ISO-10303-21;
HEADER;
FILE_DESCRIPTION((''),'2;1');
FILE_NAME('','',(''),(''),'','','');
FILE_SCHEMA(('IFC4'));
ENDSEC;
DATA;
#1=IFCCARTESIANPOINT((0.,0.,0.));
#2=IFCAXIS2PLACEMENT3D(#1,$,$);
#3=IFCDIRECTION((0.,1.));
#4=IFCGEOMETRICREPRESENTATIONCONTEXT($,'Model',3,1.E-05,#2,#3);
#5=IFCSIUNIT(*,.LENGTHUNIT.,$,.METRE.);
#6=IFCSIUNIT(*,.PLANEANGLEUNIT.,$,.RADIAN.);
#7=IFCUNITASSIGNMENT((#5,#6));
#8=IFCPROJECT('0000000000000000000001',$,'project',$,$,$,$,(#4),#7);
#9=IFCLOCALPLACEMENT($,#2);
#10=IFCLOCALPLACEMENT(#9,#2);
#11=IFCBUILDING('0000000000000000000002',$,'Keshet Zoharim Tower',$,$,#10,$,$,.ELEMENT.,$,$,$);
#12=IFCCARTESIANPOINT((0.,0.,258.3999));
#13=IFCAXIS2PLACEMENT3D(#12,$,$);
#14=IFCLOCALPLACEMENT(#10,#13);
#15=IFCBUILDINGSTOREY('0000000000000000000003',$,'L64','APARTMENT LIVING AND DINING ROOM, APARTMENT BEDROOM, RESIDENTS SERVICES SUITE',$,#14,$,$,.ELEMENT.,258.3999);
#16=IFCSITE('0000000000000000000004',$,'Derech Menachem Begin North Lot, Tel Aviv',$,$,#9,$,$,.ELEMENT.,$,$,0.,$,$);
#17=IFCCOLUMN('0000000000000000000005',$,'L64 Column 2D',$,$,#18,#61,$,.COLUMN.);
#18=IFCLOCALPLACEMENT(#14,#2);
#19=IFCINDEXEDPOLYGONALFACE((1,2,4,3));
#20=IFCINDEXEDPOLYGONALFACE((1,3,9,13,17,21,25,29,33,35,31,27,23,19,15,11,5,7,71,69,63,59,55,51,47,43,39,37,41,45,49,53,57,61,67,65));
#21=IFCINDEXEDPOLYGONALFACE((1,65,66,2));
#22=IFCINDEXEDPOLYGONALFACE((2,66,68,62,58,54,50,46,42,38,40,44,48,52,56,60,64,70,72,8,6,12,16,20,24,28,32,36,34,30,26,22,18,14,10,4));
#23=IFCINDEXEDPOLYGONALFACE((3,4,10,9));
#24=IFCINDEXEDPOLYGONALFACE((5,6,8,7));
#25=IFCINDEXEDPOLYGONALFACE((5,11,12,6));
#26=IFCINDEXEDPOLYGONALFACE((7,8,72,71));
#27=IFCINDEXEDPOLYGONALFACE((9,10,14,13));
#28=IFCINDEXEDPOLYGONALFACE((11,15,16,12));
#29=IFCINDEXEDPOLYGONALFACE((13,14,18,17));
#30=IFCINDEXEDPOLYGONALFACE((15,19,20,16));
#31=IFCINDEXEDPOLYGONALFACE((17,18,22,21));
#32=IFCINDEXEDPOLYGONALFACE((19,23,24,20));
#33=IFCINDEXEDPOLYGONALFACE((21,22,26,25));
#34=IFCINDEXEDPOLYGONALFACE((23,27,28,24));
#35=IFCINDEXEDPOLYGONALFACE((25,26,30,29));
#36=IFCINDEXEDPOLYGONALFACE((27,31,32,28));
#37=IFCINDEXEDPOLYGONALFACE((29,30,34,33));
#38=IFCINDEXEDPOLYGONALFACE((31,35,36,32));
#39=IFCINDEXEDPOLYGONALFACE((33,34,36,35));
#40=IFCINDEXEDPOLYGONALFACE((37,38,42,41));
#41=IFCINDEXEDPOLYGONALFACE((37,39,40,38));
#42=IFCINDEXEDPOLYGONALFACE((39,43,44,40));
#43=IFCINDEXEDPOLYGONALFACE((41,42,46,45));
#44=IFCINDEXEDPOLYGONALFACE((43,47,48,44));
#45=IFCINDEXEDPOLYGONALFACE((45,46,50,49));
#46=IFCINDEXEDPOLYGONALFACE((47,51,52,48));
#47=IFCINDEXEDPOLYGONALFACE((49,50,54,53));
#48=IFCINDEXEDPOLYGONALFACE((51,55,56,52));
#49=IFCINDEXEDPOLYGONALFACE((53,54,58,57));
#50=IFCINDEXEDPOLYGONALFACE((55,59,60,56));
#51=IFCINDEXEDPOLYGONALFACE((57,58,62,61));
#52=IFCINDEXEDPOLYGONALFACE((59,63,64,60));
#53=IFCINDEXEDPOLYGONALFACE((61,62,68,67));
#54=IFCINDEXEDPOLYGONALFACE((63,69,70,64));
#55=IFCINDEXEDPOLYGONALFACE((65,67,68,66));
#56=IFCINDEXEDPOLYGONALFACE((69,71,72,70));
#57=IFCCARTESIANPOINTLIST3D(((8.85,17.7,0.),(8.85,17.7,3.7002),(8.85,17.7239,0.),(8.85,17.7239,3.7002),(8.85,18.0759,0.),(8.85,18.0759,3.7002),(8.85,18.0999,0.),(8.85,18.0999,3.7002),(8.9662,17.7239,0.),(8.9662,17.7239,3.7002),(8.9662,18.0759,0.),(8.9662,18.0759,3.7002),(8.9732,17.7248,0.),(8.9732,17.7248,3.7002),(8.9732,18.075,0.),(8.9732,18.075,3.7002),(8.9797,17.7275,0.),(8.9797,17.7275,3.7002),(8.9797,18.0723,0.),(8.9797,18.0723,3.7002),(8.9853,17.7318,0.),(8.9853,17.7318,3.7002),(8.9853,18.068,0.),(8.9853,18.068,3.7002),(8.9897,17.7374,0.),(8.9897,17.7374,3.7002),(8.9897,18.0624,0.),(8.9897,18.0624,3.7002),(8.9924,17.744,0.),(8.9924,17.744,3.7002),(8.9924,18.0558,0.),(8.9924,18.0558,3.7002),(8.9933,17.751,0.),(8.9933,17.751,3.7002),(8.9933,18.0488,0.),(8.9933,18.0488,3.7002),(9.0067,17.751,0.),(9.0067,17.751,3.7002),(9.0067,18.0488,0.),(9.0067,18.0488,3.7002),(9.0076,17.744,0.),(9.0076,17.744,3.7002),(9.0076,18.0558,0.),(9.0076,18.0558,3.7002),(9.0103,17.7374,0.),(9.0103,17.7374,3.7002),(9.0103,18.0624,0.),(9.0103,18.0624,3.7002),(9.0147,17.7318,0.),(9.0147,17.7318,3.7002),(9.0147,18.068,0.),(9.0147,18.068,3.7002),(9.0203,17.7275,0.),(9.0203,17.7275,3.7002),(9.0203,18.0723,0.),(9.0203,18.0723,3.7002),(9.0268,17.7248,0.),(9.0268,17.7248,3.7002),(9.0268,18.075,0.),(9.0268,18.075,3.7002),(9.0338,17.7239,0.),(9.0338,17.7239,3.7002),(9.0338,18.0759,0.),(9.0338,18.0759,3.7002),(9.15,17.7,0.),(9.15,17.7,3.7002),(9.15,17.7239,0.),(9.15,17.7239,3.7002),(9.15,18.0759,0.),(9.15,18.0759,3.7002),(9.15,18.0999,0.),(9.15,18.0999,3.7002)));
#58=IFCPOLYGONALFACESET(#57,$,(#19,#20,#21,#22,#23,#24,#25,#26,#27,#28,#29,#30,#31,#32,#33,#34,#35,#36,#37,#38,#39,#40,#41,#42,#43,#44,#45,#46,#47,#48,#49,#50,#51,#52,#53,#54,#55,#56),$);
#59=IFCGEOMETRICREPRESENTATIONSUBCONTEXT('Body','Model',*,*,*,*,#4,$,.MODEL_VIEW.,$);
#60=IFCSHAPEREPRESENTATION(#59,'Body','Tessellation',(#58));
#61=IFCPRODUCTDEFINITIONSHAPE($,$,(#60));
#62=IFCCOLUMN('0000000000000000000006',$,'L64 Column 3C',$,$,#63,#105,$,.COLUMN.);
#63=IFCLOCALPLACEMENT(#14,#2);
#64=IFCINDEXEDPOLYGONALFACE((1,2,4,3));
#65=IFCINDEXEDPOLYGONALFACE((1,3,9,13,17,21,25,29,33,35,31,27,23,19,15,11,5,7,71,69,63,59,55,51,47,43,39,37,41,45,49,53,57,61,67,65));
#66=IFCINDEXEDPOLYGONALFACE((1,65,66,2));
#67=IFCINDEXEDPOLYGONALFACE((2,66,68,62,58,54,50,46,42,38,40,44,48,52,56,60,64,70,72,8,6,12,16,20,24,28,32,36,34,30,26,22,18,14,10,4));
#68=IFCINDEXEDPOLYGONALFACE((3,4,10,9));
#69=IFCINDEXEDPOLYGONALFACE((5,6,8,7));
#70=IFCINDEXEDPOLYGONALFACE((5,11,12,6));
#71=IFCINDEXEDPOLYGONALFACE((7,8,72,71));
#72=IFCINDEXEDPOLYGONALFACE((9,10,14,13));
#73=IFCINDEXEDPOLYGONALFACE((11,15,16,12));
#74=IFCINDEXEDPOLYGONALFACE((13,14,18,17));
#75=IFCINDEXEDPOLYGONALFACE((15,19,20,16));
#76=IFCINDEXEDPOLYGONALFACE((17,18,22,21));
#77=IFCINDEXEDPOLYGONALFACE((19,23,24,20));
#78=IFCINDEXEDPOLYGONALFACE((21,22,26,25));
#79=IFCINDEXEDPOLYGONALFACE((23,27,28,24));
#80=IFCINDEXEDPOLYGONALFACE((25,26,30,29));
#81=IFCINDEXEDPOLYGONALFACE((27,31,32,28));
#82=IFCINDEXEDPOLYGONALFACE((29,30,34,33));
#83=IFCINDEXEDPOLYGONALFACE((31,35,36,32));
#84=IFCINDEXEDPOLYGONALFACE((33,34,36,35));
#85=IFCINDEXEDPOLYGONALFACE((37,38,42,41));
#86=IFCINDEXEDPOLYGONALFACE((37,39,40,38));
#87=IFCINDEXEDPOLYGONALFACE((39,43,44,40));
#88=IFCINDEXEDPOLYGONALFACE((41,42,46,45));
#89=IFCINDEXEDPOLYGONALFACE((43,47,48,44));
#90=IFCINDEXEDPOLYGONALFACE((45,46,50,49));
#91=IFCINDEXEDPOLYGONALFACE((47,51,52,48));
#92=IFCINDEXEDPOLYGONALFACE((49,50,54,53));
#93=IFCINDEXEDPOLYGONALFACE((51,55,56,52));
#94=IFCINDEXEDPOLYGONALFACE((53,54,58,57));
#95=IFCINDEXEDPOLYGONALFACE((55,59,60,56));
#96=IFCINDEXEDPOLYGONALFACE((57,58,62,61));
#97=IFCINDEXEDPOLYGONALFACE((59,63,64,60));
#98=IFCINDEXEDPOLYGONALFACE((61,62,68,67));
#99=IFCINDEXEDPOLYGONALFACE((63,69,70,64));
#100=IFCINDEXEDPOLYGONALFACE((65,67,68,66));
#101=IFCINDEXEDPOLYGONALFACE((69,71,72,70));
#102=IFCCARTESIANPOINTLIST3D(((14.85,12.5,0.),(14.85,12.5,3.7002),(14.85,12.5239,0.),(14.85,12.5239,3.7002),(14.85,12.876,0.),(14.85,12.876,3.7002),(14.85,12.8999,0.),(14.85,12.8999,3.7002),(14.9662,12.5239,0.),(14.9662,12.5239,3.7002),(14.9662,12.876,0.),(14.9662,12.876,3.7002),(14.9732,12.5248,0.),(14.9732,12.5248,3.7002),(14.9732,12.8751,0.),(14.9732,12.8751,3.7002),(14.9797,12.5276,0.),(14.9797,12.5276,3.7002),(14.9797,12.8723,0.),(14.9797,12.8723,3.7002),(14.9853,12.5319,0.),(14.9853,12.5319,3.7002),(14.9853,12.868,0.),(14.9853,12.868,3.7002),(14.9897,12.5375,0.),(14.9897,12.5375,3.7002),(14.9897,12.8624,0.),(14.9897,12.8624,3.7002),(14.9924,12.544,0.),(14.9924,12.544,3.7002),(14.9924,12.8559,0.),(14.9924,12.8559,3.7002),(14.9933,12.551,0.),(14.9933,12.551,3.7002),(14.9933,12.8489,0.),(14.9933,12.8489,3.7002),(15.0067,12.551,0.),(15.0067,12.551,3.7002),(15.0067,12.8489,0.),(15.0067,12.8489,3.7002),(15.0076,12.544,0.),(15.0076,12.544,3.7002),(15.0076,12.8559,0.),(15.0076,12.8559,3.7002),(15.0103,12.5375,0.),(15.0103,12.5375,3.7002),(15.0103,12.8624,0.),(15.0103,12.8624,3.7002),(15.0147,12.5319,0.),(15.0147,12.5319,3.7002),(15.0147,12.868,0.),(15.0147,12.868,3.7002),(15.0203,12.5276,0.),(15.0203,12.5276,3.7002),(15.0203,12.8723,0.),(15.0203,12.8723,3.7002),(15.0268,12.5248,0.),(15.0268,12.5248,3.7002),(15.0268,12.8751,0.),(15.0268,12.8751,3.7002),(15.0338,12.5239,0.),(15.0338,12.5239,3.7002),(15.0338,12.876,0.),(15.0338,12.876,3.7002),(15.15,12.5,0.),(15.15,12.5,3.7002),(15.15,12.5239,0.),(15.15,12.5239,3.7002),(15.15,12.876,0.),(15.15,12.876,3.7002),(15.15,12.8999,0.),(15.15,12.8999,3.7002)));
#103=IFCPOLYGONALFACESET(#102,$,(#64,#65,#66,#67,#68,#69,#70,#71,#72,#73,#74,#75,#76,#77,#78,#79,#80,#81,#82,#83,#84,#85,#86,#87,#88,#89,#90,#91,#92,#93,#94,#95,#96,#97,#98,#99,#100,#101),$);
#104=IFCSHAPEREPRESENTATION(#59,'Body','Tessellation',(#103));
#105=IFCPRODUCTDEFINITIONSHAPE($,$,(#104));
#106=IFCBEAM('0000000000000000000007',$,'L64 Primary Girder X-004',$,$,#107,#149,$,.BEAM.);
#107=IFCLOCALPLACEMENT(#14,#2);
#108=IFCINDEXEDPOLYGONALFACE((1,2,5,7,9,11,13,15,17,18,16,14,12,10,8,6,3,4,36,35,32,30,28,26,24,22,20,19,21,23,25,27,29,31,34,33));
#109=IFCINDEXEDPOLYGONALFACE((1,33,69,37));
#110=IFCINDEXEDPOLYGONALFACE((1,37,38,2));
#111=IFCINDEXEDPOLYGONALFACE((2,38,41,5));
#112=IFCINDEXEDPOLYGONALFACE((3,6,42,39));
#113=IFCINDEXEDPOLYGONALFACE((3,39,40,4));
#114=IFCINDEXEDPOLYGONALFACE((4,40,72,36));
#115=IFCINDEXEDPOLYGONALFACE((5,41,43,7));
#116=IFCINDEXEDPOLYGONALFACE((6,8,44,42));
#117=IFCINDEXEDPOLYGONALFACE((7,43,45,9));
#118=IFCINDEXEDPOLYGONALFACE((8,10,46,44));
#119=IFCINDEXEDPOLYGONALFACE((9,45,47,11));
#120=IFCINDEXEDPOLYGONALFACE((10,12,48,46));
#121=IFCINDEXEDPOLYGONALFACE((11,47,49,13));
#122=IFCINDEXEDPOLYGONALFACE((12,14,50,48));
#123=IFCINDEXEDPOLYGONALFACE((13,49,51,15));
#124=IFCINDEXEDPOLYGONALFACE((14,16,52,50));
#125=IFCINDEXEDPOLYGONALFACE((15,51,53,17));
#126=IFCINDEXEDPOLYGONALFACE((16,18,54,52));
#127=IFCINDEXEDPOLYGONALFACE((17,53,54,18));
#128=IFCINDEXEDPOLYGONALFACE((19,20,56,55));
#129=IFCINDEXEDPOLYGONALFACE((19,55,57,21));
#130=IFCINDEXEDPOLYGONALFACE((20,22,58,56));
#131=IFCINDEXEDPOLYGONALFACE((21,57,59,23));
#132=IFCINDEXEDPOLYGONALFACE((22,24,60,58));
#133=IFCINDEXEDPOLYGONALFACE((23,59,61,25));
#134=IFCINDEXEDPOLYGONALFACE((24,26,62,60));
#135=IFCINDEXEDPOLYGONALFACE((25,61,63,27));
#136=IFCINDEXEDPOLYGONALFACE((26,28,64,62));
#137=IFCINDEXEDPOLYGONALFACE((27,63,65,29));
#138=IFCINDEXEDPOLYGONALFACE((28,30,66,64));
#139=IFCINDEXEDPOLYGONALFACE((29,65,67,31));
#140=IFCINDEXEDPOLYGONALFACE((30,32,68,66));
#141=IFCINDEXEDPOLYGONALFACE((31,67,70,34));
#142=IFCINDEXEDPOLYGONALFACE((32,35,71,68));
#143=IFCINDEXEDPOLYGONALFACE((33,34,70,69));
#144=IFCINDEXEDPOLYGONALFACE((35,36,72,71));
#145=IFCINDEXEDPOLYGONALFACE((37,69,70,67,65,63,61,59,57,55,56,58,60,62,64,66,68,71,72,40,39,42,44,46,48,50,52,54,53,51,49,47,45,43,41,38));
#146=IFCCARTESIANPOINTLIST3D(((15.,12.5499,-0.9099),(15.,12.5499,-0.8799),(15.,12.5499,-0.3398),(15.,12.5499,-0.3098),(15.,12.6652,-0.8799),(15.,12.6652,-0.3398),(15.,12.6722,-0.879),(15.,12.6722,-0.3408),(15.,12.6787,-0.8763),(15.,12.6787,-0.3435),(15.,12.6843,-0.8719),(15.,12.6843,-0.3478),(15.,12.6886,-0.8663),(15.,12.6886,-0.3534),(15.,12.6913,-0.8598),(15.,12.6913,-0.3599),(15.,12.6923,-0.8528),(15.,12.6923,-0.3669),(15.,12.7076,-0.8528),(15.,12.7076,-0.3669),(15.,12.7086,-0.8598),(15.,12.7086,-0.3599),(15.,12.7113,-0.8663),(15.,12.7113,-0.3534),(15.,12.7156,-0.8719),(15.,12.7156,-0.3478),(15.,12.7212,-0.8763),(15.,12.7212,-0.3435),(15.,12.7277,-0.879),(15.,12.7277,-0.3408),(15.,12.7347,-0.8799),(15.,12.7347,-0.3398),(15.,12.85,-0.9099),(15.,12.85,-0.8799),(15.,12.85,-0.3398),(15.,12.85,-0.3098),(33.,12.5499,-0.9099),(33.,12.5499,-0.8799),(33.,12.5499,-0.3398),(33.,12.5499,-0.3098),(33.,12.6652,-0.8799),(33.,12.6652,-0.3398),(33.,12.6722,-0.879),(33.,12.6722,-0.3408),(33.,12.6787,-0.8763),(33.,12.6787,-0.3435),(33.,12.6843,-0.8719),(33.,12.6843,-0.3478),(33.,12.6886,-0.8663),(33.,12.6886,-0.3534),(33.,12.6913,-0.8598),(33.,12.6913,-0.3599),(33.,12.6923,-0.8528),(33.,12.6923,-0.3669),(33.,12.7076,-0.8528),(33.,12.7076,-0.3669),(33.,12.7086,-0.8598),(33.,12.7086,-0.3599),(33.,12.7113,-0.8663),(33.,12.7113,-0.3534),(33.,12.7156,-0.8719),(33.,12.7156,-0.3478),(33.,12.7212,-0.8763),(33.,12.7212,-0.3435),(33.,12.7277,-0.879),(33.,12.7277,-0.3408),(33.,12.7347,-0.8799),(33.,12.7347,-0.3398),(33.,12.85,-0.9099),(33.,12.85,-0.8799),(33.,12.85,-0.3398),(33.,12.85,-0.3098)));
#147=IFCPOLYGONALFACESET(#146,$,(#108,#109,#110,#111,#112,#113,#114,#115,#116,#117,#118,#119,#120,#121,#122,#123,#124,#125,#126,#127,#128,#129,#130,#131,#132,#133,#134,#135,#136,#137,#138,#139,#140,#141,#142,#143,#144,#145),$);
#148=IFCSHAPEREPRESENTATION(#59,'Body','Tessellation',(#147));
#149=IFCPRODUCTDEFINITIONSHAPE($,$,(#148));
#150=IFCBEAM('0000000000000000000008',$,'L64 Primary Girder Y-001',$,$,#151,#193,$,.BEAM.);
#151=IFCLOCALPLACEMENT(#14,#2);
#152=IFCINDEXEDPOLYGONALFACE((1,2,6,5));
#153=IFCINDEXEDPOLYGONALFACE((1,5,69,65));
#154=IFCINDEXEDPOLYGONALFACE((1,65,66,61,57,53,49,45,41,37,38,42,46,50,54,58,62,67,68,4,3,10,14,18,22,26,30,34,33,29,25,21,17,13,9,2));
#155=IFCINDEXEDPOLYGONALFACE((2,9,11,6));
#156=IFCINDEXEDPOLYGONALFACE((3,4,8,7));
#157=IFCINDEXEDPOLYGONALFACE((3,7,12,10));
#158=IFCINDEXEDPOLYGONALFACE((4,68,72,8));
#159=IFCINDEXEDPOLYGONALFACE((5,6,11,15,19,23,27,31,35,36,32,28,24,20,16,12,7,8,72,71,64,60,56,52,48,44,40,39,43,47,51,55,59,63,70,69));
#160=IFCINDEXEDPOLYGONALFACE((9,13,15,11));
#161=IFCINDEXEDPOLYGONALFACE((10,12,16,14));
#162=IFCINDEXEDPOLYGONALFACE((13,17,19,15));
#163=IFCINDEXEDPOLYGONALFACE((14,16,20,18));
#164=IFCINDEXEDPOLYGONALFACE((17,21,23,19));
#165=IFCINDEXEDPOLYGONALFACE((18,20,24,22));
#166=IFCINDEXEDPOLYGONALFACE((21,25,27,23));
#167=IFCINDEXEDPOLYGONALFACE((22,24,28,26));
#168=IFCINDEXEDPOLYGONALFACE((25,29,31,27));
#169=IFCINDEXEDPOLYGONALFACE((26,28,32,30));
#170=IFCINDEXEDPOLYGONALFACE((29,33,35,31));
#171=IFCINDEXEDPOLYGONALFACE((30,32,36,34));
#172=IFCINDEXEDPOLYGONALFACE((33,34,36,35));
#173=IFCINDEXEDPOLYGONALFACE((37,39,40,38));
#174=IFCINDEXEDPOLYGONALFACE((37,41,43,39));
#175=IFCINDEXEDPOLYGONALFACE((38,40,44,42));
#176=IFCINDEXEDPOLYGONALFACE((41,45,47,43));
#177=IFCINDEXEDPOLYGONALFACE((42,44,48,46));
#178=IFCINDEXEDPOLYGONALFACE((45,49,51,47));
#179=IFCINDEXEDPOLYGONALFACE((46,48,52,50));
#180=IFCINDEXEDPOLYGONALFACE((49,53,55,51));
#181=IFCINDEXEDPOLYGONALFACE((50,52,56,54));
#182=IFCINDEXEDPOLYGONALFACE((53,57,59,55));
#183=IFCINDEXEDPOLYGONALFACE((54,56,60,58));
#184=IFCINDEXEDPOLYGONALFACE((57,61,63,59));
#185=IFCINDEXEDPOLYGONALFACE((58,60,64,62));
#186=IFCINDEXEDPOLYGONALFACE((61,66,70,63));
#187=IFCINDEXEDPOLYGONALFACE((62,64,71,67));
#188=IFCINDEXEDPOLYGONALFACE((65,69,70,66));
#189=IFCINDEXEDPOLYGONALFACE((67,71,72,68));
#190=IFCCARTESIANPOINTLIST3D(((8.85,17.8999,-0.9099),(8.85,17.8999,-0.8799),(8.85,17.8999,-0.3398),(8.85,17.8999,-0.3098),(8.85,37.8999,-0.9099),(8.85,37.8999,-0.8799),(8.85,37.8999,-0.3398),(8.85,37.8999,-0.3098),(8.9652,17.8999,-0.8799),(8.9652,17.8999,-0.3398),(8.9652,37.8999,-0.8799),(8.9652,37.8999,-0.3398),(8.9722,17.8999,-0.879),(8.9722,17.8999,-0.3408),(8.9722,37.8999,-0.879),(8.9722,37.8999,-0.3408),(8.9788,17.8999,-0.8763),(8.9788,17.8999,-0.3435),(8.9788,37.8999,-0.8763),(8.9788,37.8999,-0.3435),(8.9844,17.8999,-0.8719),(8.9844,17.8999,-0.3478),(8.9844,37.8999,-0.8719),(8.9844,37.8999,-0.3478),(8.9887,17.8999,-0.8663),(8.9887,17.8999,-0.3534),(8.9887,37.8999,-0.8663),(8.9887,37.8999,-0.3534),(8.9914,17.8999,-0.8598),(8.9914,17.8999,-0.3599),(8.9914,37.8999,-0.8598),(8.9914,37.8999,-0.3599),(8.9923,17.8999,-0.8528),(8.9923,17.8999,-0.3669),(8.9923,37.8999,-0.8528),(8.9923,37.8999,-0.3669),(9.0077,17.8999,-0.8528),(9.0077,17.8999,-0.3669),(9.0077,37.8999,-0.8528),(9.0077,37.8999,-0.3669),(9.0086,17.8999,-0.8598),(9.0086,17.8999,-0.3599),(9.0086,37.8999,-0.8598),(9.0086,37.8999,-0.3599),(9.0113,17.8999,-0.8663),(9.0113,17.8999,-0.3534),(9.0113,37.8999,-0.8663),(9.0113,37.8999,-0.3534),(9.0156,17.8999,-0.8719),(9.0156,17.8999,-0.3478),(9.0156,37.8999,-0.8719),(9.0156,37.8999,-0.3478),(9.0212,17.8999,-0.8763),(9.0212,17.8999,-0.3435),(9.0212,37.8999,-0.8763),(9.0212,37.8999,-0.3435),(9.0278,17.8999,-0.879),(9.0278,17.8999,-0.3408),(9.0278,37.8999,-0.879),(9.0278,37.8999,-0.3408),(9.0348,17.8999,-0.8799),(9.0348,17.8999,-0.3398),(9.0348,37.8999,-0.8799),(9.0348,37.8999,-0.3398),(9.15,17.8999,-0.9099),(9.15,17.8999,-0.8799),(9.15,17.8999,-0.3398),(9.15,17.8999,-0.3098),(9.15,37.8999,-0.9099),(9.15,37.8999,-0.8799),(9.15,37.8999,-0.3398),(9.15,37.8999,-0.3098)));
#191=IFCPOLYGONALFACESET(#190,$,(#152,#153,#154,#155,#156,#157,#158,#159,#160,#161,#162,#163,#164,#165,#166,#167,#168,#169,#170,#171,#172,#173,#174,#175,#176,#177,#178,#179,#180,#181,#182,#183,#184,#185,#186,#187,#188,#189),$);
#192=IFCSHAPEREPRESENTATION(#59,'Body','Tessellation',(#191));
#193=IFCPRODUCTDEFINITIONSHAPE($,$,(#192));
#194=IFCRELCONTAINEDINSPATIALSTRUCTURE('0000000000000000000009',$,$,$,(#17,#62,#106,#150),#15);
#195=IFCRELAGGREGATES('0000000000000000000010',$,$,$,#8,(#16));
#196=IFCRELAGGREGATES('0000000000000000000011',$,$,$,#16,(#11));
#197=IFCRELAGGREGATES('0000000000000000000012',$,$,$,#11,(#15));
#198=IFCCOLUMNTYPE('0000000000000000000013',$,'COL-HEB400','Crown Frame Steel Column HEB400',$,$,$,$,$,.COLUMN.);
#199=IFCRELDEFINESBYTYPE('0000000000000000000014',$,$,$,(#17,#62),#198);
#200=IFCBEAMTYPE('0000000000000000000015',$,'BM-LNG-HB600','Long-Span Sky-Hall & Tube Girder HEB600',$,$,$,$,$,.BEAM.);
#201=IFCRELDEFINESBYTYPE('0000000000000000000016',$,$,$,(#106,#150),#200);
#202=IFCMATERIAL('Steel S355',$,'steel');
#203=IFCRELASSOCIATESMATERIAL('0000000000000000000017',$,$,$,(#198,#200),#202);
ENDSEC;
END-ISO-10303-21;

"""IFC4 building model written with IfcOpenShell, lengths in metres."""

from ifc_helpers import new_model, si_unit, direction, frame, origin, origin_2d, place, context, subcontext, project, spatial, i_section, extrude, material, material_profile, profile_set, type_object, element, save


model = new_model("IFC4")

# Units and contexts
model_context = context("Model", 3, precision=1e-05, world=origin(), true_north=direction((0.0, 1.0)))
body_context = subcontext(model_context, "Body", "Model", "MODEL_VIEW")
ifc_project = project(units=[si_unit("LENGTHUNIT", "METRE"), si_unit("PLANEANGLEUNIT", "RADIAN")], contexts=[model_context])

# Site, building, storey
site_placement = place(None, origin())
site = spatial("IfcSite", under=ifc_project, at=site_placement, Name="Derech Menachem Begin North Lot, Tel Aviv", CompositionType="ELEMENT", RefElevation=0.0)
building_placement = place(site_placement, origin())
building = spatial("IfcBuilding", under=site, at=building_placement, Name="Keshet Zoharim Tower", CompositionType="ELEMENT")
storey_placement = place(building_placement, frame((0.0, 0.0, 258.3999)))
storey = spatial("IfcBuildingStorey", under=building, at=storey_placement, Name="L64", Description="APARTMENT LIVING AND DINING ROOM, APARTMENT BEDROOM, RESIDENTS SERVICES SUITE", CompositionType="ELEMENT", Elevation=258.3999)

# Columns
ifc_material_1 = material(Name="Steel S355", Category="steel")
ifc_material_profile_1 = material_profile(ifc_material_1, i_section(OverallWidth=0.3, OverallDepth=0.3999, WebThickness=0.0134, FlangeThickness=0.0239, FilletRadius=0.0271, at=origin_2d()), Name="HEB400")
ifc_profile_set_1 = profile_set([ifc_material_profile_1], Name="Steel S355")
column_type = type_object("IfcColumnType", Name="COL-HEB400", Description="Crown Frame Steel Column HEB400", PredefinedType="COLUMN", material=ifc_profile_set_1)
for number, where, z_axis, x_axis, name in (
    (1, (9.0, 17.8999, 0.0), (0.0, 0.0, 1.0), (1.0, 0.0, 0.0), "L64 Column 2D"),
    (2, (15.0, 12.7, 0.0), (0.0, 0.0, 1.0), (1.0, 0.0, 0.0), "L64 Column 3C"),
):
    element("IfcColumn", number, at=place(storey_placement, frame(where, z_axis=z_axis, x_axis=x_axis)), inside=storey, type_object=column_type, Name=name, PredefinedType="COLUMN", context=body_context, shape_type="SweptSolid", body=[
        extrude(i_section(OverallWidth=0.3, OverallDepth=0.3999, WebThickness=0.0134, FlangeThickness=0.0239, FilletRadius=0.0271, at=origin_2d()), origin(), (0.0, 0.0, 1.0), 3.7002),
    ])

# Beams
ifc_material_profile_2 = material_profile(ifc_material_1, i_section(OverallWidth=0.3, OverallDepth=0.6001, WebThickness=0.0154, FlangeThickness=0.03, FilletRadius=0.0271, at=origin_2d()), Name="HEB600")
ifc_profile_set_2 = profile_set([ifc_material_profile_2], Name="Steel S355")
beam_type_1 = type_object("IfcBeamType", Name="BM-LNG-HB600", Description="Long-Span Sky-Hall & Tube Girder HEB600", PredefinedType="BEAM", material=ifc_profile_set_2)
beam_1_placement = place(storey_placement, frame((15.0, 12.7, -0.6099), z_axis=(1.0, 0.0, 0.0), x_axis=(0.0, 1.0, 0.0)))
element("IfcBeam", 3, at=beam_1_placement, inside=storey, type_object=beam_type_1, Name="L64 Primary Girder X-004", PredefinedType="BEAM", context=body_context, shape_type="SweptSolid", body=[
    extrude(i_section(OverallWidth=0.3, OverallDepth=0.6001, WebThickness=0.0154, FlangeThickness=0.03, FilletRadius=0.0271, at=origin_2d()), origin(), (0.0, 0.0, 1.0), 18.0),
])
beam_2_placement = place(storey_placement, frame((9.0, 17.8999, -0.6099), z_axis=(0.0, 1.0, 0.0), x_axis=(-1.0, 0.0, 0.0)))
element("IfcBeam", 4, at=beam_2_placement, inside=storey, type_object=beam_type_1, Name="L64 Primary Girder Y-001", PredefinedType="BEAM", context=body_context, shape_type="SweptSolid", body=[
    extrude(i_section(OverallWidth=0.3, OverallDepth=0.6001, WebThickness=0.0154, FlangeThickness=0.03, FilletRadius=0.0271, at=origin_2d()), origin(), (0.0, 0.0, 1.0), 20.0),
])

save(model, "model.ifc")
